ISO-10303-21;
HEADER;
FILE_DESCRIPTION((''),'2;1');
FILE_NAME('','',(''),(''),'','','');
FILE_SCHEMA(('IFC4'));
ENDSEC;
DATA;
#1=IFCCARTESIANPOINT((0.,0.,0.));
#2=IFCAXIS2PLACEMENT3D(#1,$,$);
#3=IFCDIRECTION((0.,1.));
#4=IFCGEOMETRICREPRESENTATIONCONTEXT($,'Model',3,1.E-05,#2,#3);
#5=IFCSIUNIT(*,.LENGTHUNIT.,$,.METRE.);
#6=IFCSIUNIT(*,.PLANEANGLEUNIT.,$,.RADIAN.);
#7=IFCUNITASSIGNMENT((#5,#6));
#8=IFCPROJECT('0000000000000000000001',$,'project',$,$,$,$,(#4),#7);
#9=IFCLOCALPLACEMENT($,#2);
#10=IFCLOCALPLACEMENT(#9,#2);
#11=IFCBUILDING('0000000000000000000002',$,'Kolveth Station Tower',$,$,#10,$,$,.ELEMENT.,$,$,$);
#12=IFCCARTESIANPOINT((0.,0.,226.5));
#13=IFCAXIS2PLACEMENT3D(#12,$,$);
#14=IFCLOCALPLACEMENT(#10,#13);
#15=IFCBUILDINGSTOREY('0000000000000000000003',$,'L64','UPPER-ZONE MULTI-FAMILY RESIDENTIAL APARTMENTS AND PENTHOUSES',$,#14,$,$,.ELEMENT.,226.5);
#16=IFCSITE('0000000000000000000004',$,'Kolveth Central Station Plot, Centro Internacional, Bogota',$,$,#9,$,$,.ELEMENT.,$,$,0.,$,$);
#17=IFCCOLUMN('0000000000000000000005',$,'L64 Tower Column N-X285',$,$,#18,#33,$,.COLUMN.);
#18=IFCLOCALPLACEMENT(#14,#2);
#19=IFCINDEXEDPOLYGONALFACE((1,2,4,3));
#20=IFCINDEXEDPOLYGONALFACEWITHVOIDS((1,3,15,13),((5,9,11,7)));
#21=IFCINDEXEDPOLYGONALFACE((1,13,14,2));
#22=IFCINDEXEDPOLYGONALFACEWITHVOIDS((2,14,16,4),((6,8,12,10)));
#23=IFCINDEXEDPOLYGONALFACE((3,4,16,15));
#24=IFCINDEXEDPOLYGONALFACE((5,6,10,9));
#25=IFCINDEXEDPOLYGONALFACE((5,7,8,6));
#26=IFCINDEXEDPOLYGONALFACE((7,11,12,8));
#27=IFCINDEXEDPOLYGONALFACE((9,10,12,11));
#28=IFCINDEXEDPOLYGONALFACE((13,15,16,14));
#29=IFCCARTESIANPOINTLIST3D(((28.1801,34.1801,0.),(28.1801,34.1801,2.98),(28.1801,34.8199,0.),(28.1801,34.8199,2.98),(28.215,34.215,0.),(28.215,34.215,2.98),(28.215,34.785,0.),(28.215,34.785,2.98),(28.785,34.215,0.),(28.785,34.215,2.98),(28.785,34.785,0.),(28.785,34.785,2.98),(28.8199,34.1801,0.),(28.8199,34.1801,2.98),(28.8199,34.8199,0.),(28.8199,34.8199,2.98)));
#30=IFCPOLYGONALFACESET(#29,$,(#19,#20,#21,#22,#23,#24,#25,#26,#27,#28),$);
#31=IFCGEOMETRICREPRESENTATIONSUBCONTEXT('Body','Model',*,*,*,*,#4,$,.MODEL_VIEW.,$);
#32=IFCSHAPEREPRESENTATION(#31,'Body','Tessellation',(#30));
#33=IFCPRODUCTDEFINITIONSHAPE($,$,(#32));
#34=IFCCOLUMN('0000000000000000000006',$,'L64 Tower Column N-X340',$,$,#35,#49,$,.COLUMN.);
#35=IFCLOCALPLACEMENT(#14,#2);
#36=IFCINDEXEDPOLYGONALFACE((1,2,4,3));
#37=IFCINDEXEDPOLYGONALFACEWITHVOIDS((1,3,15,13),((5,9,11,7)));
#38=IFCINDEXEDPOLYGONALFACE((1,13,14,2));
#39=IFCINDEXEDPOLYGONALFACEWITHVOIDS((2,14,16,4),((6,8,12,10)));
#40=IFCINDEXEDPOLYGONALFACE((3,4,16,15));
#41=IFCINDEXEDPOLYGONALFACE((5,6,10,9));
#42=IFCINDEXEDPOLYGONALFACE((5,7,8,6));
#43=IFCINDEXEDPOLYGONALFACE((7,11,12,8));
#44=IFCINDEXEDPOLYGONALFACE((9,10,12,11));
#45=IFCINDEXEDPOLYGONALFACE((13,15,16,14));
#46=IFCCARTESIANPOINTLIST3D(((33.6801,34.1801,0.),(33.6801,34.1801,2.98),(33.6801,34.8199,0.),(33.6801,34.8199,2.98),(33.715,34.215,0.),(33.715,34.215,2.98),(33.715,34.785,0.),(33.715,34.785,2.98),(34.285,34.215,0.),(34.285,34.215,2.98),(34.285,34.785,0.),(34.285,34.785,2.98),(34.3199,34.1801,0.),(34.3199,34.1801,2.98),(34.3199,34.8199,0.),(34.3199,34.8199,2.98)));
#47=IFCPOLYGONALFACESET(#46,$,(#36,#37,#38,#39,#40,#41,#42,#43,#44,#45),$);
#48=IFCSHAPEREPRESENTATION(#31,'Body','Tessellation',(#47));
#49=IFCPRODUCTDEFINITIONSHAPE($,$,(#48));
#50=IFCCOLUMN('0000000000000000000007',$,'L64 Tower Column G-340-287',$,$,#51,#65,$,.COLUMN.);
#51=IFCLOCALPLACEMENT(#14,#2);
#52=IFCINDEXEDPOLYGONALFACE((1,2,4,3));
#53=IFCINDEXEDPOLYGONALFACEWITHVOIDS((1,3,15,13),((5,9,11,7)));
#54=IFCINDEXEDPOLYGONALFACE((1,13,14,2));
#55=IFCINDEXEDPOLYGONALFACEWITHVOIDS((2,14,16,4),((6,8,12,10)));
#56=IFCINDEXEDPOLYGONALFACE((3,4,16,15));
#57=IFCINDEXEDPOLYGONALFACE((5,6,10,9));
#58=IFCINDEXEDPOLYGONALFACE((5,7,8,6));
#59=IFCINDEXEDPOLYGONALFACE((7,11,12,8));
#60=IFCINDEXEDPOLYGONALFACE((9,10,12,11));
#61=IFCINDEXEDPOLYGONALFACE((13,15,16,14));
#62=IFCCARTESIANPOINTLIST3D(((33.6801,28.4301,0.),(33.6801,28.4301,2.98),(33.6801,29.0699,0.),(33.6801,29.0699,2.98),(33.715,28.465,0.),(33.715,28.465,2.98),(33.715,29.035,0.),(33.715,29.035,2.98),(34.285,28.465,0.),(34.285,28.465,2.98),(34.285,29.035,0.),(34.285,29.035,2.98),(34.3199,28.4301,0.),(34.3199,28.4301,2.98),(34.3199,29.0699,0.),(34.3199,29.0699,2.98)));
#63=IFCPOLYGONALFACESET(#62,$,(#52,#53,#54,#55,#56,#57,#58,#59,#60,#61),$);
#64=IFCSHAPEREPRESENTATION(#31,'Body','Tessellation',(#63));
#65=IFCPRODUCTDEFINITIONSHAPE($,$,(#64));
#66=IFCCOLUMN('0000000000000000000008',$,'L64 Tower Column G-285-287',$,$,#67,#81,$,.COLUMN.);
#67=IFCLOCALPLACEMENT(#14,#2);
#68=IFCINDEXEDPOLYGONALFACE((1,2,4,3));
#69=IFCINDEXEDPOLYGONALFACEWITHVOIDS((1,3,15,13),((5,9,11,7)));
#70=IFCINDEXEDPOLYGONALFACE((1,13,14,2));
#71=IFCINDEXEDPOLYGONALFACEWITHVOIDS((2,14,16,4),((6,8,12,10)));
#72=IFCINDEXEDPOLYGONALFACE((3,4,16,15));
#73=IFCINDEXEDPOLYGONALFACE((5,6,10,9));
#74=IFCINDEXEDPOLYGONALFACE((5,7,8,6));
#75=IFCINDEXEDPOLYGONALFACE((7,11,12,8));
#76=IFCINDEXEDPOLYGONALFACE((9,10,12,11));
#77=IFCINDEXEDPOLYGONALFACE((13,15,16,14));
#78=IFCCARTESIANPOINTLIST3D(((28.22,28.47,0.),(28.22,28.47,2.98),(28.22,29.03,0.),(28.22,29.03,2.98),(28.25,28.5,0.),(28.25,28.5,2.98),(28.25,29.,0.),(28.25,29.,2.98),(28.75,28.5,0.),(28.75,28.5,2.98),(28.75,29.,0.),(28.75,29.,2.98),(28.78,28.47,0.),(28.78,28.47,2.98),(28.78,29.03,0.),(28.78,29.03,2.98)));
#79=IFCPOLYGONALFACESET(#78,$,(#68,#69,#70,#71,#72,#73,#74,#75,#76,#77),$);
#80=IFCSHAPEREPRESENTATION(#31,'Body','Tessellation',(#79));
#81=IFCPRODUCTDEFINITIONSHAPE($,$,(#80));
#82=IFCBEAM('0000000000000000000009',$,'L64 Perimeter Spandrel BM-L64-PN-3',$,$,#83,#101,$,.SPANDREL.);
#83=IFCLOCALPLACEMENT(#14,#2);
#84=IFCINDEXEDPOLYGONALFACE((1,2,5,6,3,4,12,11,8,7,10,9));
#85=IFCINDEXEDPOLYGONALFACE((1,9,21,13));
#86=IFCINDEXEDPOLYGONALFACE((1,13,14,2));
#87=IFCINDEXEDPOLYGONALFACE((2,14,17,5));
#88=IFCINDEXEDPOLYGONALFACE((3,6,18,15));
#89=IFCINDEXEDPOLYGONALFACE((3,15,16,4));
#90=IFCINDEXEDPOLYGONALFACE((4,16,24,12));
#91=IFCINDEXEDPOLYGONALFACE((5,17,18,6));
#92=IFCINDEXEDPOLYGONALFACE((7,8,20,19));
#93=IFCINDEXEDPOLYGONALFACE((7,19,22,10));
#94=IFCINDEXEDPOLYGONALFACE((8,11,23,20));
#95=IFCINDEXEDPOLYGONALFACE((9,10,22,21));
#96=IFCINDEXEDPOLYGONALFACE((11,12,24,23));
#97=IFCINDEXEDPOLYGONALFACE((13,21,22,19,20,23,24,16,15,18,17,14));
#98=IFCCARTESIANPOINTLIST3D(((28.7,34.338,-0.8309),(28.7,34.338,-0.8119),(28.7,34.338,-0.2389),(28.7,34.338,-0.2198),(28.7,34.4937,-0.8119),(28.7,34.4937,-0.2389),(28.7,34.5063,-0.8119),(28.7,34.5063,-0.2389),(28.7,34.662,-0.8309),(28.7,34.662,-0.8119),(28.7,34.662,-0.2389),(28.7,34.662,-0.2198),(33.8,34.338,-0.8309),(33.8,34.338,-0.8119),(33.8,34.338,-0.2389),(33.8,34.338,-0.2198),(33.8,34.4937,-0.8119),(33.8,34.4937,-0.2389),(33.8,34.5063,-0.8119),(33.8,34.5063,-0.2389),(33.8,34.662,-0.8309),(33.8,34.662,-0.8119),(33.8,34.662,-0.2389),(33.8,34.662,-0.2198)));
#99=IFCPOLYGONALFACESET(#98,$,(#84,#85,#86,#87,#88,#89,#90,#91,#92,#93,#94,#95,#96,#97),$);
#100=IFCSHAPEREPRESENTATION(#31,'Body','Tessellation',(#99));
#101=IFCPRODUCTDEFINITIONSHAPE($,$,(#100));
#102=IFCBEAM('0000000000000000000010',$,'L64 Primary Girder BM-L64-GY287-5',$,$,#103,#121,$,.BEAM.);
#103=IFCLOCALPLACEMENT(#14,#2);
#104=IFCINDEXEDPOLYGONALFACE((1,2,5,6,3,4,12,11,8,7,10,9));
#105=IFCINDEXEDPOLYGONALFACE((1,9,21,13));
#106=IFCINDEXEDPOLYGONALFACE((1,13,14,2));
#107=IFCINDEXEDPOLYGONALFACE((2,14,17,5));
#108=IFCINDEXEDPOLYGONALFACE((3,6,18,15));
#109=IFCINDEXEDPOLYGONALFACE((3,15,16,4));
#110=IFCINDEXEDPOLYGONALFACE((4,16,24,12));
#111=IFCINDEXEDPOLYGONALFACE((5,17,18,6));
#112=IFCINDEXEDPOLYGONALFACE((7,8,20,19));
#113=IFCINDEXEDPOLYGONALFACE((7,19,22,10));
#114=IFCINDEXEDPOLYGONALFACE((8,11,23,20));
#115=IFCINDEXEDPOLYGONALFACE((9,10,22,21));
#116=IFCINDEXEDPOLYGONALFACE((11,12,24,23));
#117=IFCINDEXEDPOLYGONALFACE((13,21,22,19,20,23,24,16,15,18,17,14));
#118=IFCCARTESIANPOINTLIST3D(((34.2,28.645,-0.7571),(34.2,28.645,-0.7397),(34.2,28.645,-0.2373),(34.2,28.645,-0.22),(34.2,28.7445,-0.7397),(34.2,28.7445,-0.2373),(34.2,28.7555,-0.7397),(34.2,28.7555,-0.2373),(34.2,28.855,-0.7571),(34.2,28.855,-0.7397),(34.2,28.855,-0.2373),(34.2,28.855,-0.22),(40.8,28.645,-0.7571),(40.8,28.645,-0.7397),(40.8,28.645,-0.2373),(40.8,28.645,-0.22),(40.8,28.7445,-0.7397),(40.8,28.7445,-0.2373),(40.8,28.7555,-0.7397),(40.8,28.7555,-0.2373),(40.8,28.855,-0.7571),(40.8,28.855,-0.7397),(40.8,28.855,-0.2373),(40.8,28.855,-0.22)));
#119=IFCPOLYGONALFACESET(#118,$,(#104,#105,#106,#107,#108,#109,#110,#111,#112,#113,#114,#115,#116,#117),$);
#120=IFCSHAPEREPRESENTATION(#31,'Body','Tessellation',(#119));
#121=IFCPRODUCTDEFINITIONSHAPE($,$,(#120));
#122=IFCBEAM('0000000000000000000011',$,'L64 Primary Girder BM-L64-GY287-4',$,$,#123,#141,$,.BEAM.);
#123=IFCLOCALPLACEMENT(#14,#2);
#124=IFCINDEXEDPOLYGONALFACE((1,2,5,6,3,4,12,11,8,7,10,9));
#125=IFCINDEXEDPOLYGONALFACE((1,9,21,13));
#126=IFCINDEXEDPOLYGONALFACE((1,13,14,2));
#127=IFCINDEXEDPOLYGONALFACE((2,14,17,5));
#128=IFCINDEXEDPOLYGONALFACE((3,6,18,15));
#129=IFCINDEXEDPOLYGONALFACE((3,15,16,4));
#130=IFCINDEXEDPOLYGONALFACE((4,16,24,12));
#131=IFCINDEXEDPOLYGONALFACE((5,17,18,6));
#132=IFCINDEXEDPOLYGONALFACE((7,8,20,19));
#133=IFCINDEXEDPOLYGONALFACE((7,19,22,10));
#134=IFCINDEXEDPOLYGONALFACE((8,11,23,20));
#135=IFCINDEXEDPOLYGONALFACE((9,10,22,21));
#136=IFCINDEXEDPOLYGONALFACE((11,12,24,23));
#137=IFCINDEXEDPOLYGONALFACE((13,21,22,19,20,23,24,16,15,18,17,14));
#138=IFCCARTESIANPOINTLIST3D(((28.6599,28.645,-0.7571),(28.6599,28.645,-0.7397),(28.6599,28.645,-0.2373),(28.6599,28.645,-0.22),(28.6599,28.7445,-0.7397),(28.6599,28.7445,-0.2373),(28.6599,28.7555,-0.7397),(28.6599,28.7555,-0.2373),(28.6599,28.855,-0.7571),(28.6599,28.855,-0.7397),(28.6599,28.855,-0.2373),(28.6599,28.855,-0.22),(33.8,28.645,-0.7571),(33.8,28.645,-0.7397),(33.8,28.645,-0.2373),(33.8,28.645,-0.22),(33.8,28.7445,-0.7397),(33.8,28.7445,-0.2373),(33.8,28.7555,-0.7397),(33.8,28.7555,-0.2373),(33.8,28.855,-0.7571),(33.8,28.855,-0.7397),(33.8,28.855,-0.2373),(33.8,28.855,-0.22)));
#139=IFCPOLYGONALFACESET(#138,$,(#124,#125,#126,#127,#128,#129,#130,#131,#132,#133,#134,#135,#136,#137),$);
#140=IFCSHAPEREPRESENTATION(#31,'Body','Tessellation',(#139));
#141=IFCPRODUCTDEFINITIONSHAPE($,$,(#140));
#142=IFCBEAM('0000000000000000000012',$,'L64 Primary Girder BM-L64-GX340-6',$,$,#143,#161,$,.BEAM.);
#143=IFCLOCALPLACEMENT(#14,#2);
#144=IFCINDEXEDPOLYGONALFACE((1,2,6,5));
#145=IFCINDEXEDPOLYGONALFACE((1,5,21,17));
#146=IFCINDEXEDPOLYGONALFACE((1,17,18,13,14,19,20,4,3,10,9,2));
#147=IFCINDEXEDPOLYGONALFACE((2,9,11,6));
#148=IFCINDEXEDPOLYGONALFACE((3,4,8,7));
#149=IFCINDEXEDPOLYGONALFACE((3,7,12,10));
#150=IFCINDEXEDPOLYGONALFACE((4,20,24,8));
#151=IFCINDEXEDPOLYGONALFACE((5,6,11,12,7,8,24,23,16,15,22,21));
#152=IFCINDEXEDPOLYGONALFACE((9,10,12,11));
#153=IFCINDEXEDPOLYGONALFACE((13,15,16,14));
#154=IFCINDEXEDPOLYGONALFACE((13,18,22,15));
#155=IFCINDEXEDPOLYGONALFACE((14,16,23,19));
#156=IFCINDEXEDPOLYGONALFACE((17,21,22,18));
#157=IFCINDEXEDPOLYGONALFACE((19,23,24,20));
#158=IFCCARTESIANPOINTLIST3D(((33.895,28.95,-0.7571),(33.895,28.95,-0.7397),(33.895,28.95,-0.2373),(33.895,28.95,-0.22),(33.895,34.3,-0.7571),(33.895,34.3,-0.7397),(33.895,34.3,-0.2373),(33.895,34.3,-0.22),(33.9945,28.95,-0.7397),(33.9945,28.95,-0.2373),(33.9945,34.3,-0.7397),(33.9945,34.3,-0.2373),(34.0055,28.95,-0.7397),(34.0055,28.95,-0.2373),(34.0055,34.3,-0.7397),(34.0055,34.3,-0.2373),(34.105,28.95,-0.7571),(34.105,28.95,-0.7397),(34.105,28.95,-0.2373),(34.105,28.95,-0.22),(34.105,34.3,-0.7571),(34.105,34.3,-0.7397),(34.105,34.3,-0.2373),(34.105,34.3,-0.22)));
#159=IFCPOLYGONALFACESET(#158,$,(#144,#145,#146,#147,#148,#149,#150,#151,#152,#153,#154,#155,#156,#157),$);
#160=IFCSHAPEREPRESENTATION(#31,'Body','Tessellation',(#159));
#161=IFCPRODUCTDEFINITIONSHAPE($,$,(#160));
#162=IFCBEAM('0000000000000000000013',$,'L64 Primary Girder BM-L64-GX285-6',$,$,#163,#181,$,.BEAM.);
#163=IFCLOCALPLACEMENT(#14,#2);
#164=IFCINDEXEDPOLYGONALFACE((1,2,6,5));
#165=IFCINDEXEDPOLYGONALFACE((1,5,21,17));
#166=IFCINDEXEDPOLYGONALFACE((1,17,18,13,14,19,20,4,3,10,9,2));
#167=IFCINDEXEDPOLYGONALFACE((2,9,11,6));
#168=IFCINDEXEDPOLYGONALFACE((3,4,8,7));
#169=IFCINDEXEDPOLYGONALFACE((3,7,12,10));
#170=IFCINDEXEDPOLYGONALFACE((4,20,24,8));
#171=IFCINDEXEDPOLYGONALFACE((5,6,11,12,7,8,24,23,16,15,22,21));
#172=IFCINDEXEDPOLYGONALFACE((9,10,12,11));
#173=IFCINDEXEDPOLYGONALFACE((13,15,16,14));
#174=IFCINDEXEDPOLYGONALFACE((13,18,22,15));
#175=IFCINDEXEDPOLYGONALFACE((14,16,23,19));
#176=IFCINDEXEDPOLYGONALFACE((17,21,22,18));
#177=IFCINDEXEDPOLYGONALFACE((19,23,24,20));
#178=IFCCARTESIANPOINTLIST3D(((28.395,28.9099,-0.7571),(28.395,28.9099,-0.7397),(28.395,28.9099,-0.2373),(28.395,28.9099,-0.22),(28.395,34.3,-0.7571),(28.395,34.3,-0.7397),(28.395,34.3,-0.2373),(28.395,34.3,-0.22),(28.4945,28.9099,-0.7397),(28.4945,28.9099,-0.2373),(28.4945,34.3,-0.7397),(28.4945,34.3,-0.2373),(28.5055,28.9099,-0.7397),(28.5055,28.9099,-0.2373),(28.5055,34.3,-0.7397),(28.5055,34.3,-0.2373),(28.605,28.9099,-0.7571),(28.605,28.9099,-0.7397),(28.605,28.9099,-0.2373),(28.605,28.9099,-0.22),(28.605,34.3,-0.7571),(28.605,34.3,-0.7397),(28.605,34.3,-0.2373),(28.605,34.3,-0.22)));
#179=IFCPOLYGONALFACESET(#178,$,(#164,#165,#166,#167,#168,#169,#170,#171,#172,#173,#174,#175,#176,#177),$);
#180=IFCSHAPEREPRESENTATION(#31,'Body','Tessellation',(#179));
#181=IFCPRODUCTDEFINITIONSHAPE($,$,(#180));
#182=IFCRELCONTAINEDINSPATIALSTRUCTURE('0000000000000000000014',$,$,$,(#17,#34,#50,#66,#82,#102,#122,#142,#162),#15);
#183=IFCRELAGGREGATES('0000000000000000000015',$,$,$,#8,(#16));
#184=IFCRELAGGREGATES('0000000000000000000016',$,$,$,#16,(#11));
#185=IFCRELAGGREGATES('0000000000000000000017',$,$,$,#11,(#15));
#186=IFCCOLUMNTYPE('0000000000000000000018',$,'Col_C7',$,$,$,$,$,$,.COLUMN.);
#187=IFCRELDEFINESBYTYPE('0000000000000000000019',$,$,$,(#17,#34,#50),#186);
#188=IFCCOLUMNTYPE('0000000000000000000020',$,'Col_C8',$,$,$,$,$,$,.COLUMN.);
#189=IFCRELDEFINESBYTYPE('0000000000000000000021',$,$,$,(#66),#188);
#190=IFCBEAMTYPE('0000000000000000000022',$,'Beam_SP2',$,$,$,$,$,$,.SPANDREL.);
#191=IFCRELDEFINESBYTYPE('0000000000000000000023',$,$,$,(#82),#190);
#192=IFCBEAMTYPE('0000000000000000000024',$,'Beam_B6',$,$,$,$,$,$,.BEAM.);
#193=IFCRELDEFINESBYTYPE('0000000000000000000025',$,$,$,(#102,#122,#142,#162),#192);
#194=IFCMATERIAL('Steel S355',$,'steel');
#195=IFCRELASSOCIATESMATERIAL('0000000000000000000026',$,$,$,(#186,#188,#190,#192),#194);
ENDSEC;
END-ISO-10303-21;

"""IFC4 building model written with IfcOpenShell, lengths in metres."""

from ifc_helpers import new_model, si_unit, direction, frame, origin, origin_2d, place, context, subcontext, project, spatial, hollow_rectangle, i_section, extrude, source, transform, mapped, material, material_profile, profile_set, type_object, element, save


model = new_model("IFC4")

# Units and contexts
model_context = context("Model", 3, precision=1e-05, world=origin(), true_north=direction((0.0, 1.0)))
body_context = subcontext(model_context, "Body", "Model", "MODEL_VIEW")
ifc_project = project(units=[si_unit("LENGTHUNIT", "METRE"), si_unit("PLANEANGLEUNIT", "RADIAN")], contexts=[model_context])

# Site, building, storey
site_placement = place(None, origin())
site = spatial("IfcSite", under=ifc_project, at=site_placement, Name="Kolveth Central Station Plot, Centro Internacional, Bogota", CompositionType="ELEMENT", RefElevation=0.0)
building_placement = place(site_placement, origin())
building = spatial("IfcBuilding", under=site, at=building_placement, Name="Kolveth Station Tower", CompositionType="ELEMENT")
storey_placement = place(building_placement, frame((0.0, 0.0, 226.5)))
storey = spatial("IfcBuildingStorey", under=building, at=storey_placement, Name="L64", Description="UPPER-ZONE MULTI-FAMILY RESIDENTIAL APARTMENTS AND PENTHOUSES", CompositionType="ELEMENT", Elevation=226.5)

# Columns
ifc_material_1 = material(Name="Steel S355", Category="steel")
ifc_material_profile_1 = material_profile(ifc_material_1, hollow_rectangle(XDim=0.6399, YDim=0.6399, WallThickness=0.0349, at=origin_2d()), Name="BOX640x640x35")
ifc_profile_set_1 = profile_set([ifc_material_profile_1], Name="Steel S355")
column_type_1 = type_object("IfcColumnType", Name="Col_C7", PredefinedType="COLUMN", material=ifc_profile_set_1)
shared_shape_1 = source(origin(), body_context, "Body", "SweptSolid", [
    extrude(hollow_rectangle(XDim=0.6399, YDim=0.6399, WallThickness=0.0349, at=origin_2d()), origin(), (0.0, 0.0, 1.0), 2.98),
])
for number, where, z_axis, x_axis, name in (
    (1, (28.5, 34.5, 0.0), (0.0, 0.0, 1.0), (1.0, 0.0, 0.0), "L64 Tower Column N-X285"),
    (2, (34.0, 34.5, 0.0), (0.0, 0.0, 1.0), (1.0, 0.0, 0.0), "L64 Tower Column N-X340"),
    (3, (34.0, 28.75, 0.0), (0.0, 0.0, 1.0), (1.0, 0.0, 0.0), "L64 Tower Column G-340-287"),
):
    element("IfcColumn", number, at=place(storey_placement, frame(where, z_axis=z_axis, x_axis=x_axis)), inside=storey, type_object=column_type_1, Name=name, PredefinedType="COLUMN", context=body_context, shape_type="MappedRepresentation", body=[
        mapped(shared_shape_1, transform((0.0, 0.0, 0.0), x_axis=(1.0, 0.0, 0.0), y_axis=(0.0, 1.0, 0.0), z_axis=(0.0, 0.0, 1.0), scale=1.0)),
    ])
ifc_material_profile_2 = material_profile(ifc_material_1, hollow_rectangle(XDim=0.5601, YDim=0.5601, WallThickness=0.03, at=origin_2d()), Name="BOX560x560x30")
ifc_profile_set_2 = profile_set([ifc_material_profile_2], Name="Steel S355")
column_type_2 = type_object("IfcColumnType", Name="Col_C8", PredefinedType="COLUMN", material=ifc_profile_set_2)
shared_shape_2 = source(origin(), body_context, "Body", "SweptSolid", [
    extrude(hollow_rectangle(XDim=0.5601, YDim=0.5601, WallThickness=0.03, at=origin_2d()), origin(), (0.0, 0.0, 1.0), 2.98),
])
column_placement = place(storey_placement, frame((28.5, 28.75, 0.0), z_axis=(0.0, 0.0, 1.0), x_axis=(1.0, 0.0, 0.0)))
element("IfcColumn", 4, at=column_placement, inside=storey, type_object=column_type_2, Name="L64 Tower Column G-285-287", PredefinedType="COLUMN", context=body_context, shape_type="MappedRepresentation", body=[
    mapped(shared_shape_2, transform((0.0, 0.0, 0.0), x_axis=(1.0, 0.0, 0.0), y_axis=(0.0, 1.0, 0.0), z_axis=(0.0, 0.0, 1.0), scale=1.0)),
])

# Beams
ifc_material_profile_3 = material_profile(ifc_material_1, i_section(OverallWidth=0.324, OverallDepth=0.6111, WebThickness=0.0127, FlangeThickness=0.019, at=origin_2d()), Name="W610x155")
ifc_profile_set_3 = profile_set([ifc_material_profile_3], Name="Steel S355")
beam_type_1 = type_object("IfcBeamType", Name="Beam_SP2", PredefinedType="SPANDREL", material=ifc_profile_set_3)
shared_shape_3 = source(origin(), body_context, "Body", "SweptSolid", [
    extrude(i_section(OverallWidth=0.324, OverallDepth=0.6111, WebThickness=0.0127, FlangeThickness=0.019, at=origin_2d()), origin(), (0.0, 0.0, 1.0), 5.1001),
])
beam_1_placement = place(storey_placement, frame((28.7, 34.5, -0.5254), z_axis=(1.0, 0.0, 0.0), x_axis=(0.0, 1.0, 0.0)))
element("IfcBeam", 5, at=beam_1_placement, inside=storey, type_object=beam_type_1, Name="L64 Perimeter Spandrel BM-L64-PN-3", PredefinedType="SPANDREL", context=body_context, shape_type="MappedRepresentation", body=[
    mapped(shared_shape_3, transform((0.0, 0.0, 0.0), x_axis=(1.0, 0.0, 0.0), y_axis=(0.0, 1.0, 0.0), z_axis=(0.0, 0.0, 1.0), scale=1.0)),
])
ifc_material_profile_4 = material_profile(ifc_material_1, i_section(OverallWidth=0.21, OverallDepth=0.5371, WebThickness=0.011, FlangeThickness=0.0173, at=origin_2d()), Name="W530x101")
ifc_profile_set_4 = profile_set([ifc_material_profile_4], Name="Steel S355")
beam_type_2 = type_object("IfcBeamType", Name="Beam_B6", PredefinedType="BEAM", material=ifc_profile_set_4)
shared_shape_4 = source(origin(), body_context, "Body", "SweptSolid", [
    extrude(i_section(OverallWidth=0.21, OverallDepth=0.5371, WebThickness=0.011, FlangeThickness=0.0173, at=origin_2d()), origin(), (0.0, 0.0, 1.0), 6.6001),
])
beam_2_placement = place(storey_placement, frame((34.2, 28.75, -0.4885), z_axis=(1.0, 0.0, 0.0), x_axis=(0.0, 1.0, 0.0)))
element("IfcBeam", 6, at=beam_2_placement, inside=storey, type_object=beam_type_2, Name="L64 Primary Girder BM-L64-GY287-5", PredefinedType="BEAM", context=body_context, shape_type="MappedRepresentation", body=[
    mapped(shared_shape_4, transform((0.0, 0.0, 0.0), x_axis=(1.0, 0.0, 0.0), y_axis=(0.0, 1.0, 0.0), z_axis=(0.0, 0.0, 1.0), scale=1.0)),
])
shared_shape_5 = source(origin(), body_context, "Body", "SweptSolid", [
    extrude(i_section(OverallWidth=0.21, OverallDepth=0.5371, WebThickness=0.011, FlangeThickness=0.0173, at=origin_2d()), origin(), (0.0, 0.0, 1.0), 5.1401),
])
beam_3_placement = place(storey_placement, frame((28.6599, 28.75, -0.4885), z_axis=(1.0, 0.0, 0.0), x_axis=(0.0, 1.0, 0.0)))
element("IfcBeam", 7, at=beam_3_placement, inside=storey, type_object=beam_type_2, Name="L64 Primary Girder BM-L64-GY287-4", PredefinedType="BEAM", context=body_context, shape_type="MappedRepresentation", body=[
    mapped(shared_shape_5, transform((0.0, 0.0, 0.0), x_axis=(1.0, 0.0, 0.0), y_axis=(0.0, 1.0, 0.0), z_axis=(0.0, 0.0, 1.0), scale=1.0)),
])
shared_shape_6 = source(origin(), body_context, "Body", "SweptSolid", [
    extrude(i_section(OverallWidth=0.21, OverallDepth=0.5371, WebThickness=0.011, FlangeThickness=0.0173, at=origin_2d()), origin(), (0.0, 0.0, 1.0), 5.3501),
])
beam_4_placement = place(storey_placement, frame((34.0, 28.95, -0.4885), z_axis=(0.0, 1.0, 0.0), x_axis=(-1.0, 0.0, 0.0)))
element("IfcBeam", 8, at=beam_4_placement, inside=storey, type_object=beam_type_2, Name="L64 Primary Girder BM-L64-GX340-6", PredefinedType="BEAM", context=body_context, shape_type="MappedRepresentation", body=[
    mapped(shared_shape_6, transform((0.0, 0.0, 0.0), x_axis=(1.0, 0.0, 0.0), y_axis=(0.0, 1.0, 0.0), z_axis=(0.0, 0.0, 1.0), scale=1.0)),
])
shared_shape_7 = source(origin(), body_context, "Body", "SweptSolid", [
    extrude(i_section(OverallWidth=0.21, OverallDepth=0.5371, WebThickness=0.011, FlangeThickness=0.0173, at=origin_2d()), origin(), (0.0, 0.0, 1.0), 5.3901),
])
beam_5_placement = place(storey_placement, frame((28.5, 28.9099, -0.4885), z_axis=(0.0, 1.0, 0.0), x_axis=(-1.0, 0.0, 0.0)))
element("IfcBeam", 9, at=beam_5_placement, inside=storey, type_object=beam_type_2, Name="L64 Primary Girder BM-L64-GX285-6", PredefinedType="BEAM", context=body_context, shape_type="MappedRepresentation", body=[
    mapped(shared_shape_7, transform((0.0, 0.0, 0.0), x_axis=(1.0, 0.0, 0.0), y_axis=(0.0, 1.0, 0.0), z_axis=(0.0, 0.0, 1.0), scale=1.0)),
])

save(model, "model.ifc")
